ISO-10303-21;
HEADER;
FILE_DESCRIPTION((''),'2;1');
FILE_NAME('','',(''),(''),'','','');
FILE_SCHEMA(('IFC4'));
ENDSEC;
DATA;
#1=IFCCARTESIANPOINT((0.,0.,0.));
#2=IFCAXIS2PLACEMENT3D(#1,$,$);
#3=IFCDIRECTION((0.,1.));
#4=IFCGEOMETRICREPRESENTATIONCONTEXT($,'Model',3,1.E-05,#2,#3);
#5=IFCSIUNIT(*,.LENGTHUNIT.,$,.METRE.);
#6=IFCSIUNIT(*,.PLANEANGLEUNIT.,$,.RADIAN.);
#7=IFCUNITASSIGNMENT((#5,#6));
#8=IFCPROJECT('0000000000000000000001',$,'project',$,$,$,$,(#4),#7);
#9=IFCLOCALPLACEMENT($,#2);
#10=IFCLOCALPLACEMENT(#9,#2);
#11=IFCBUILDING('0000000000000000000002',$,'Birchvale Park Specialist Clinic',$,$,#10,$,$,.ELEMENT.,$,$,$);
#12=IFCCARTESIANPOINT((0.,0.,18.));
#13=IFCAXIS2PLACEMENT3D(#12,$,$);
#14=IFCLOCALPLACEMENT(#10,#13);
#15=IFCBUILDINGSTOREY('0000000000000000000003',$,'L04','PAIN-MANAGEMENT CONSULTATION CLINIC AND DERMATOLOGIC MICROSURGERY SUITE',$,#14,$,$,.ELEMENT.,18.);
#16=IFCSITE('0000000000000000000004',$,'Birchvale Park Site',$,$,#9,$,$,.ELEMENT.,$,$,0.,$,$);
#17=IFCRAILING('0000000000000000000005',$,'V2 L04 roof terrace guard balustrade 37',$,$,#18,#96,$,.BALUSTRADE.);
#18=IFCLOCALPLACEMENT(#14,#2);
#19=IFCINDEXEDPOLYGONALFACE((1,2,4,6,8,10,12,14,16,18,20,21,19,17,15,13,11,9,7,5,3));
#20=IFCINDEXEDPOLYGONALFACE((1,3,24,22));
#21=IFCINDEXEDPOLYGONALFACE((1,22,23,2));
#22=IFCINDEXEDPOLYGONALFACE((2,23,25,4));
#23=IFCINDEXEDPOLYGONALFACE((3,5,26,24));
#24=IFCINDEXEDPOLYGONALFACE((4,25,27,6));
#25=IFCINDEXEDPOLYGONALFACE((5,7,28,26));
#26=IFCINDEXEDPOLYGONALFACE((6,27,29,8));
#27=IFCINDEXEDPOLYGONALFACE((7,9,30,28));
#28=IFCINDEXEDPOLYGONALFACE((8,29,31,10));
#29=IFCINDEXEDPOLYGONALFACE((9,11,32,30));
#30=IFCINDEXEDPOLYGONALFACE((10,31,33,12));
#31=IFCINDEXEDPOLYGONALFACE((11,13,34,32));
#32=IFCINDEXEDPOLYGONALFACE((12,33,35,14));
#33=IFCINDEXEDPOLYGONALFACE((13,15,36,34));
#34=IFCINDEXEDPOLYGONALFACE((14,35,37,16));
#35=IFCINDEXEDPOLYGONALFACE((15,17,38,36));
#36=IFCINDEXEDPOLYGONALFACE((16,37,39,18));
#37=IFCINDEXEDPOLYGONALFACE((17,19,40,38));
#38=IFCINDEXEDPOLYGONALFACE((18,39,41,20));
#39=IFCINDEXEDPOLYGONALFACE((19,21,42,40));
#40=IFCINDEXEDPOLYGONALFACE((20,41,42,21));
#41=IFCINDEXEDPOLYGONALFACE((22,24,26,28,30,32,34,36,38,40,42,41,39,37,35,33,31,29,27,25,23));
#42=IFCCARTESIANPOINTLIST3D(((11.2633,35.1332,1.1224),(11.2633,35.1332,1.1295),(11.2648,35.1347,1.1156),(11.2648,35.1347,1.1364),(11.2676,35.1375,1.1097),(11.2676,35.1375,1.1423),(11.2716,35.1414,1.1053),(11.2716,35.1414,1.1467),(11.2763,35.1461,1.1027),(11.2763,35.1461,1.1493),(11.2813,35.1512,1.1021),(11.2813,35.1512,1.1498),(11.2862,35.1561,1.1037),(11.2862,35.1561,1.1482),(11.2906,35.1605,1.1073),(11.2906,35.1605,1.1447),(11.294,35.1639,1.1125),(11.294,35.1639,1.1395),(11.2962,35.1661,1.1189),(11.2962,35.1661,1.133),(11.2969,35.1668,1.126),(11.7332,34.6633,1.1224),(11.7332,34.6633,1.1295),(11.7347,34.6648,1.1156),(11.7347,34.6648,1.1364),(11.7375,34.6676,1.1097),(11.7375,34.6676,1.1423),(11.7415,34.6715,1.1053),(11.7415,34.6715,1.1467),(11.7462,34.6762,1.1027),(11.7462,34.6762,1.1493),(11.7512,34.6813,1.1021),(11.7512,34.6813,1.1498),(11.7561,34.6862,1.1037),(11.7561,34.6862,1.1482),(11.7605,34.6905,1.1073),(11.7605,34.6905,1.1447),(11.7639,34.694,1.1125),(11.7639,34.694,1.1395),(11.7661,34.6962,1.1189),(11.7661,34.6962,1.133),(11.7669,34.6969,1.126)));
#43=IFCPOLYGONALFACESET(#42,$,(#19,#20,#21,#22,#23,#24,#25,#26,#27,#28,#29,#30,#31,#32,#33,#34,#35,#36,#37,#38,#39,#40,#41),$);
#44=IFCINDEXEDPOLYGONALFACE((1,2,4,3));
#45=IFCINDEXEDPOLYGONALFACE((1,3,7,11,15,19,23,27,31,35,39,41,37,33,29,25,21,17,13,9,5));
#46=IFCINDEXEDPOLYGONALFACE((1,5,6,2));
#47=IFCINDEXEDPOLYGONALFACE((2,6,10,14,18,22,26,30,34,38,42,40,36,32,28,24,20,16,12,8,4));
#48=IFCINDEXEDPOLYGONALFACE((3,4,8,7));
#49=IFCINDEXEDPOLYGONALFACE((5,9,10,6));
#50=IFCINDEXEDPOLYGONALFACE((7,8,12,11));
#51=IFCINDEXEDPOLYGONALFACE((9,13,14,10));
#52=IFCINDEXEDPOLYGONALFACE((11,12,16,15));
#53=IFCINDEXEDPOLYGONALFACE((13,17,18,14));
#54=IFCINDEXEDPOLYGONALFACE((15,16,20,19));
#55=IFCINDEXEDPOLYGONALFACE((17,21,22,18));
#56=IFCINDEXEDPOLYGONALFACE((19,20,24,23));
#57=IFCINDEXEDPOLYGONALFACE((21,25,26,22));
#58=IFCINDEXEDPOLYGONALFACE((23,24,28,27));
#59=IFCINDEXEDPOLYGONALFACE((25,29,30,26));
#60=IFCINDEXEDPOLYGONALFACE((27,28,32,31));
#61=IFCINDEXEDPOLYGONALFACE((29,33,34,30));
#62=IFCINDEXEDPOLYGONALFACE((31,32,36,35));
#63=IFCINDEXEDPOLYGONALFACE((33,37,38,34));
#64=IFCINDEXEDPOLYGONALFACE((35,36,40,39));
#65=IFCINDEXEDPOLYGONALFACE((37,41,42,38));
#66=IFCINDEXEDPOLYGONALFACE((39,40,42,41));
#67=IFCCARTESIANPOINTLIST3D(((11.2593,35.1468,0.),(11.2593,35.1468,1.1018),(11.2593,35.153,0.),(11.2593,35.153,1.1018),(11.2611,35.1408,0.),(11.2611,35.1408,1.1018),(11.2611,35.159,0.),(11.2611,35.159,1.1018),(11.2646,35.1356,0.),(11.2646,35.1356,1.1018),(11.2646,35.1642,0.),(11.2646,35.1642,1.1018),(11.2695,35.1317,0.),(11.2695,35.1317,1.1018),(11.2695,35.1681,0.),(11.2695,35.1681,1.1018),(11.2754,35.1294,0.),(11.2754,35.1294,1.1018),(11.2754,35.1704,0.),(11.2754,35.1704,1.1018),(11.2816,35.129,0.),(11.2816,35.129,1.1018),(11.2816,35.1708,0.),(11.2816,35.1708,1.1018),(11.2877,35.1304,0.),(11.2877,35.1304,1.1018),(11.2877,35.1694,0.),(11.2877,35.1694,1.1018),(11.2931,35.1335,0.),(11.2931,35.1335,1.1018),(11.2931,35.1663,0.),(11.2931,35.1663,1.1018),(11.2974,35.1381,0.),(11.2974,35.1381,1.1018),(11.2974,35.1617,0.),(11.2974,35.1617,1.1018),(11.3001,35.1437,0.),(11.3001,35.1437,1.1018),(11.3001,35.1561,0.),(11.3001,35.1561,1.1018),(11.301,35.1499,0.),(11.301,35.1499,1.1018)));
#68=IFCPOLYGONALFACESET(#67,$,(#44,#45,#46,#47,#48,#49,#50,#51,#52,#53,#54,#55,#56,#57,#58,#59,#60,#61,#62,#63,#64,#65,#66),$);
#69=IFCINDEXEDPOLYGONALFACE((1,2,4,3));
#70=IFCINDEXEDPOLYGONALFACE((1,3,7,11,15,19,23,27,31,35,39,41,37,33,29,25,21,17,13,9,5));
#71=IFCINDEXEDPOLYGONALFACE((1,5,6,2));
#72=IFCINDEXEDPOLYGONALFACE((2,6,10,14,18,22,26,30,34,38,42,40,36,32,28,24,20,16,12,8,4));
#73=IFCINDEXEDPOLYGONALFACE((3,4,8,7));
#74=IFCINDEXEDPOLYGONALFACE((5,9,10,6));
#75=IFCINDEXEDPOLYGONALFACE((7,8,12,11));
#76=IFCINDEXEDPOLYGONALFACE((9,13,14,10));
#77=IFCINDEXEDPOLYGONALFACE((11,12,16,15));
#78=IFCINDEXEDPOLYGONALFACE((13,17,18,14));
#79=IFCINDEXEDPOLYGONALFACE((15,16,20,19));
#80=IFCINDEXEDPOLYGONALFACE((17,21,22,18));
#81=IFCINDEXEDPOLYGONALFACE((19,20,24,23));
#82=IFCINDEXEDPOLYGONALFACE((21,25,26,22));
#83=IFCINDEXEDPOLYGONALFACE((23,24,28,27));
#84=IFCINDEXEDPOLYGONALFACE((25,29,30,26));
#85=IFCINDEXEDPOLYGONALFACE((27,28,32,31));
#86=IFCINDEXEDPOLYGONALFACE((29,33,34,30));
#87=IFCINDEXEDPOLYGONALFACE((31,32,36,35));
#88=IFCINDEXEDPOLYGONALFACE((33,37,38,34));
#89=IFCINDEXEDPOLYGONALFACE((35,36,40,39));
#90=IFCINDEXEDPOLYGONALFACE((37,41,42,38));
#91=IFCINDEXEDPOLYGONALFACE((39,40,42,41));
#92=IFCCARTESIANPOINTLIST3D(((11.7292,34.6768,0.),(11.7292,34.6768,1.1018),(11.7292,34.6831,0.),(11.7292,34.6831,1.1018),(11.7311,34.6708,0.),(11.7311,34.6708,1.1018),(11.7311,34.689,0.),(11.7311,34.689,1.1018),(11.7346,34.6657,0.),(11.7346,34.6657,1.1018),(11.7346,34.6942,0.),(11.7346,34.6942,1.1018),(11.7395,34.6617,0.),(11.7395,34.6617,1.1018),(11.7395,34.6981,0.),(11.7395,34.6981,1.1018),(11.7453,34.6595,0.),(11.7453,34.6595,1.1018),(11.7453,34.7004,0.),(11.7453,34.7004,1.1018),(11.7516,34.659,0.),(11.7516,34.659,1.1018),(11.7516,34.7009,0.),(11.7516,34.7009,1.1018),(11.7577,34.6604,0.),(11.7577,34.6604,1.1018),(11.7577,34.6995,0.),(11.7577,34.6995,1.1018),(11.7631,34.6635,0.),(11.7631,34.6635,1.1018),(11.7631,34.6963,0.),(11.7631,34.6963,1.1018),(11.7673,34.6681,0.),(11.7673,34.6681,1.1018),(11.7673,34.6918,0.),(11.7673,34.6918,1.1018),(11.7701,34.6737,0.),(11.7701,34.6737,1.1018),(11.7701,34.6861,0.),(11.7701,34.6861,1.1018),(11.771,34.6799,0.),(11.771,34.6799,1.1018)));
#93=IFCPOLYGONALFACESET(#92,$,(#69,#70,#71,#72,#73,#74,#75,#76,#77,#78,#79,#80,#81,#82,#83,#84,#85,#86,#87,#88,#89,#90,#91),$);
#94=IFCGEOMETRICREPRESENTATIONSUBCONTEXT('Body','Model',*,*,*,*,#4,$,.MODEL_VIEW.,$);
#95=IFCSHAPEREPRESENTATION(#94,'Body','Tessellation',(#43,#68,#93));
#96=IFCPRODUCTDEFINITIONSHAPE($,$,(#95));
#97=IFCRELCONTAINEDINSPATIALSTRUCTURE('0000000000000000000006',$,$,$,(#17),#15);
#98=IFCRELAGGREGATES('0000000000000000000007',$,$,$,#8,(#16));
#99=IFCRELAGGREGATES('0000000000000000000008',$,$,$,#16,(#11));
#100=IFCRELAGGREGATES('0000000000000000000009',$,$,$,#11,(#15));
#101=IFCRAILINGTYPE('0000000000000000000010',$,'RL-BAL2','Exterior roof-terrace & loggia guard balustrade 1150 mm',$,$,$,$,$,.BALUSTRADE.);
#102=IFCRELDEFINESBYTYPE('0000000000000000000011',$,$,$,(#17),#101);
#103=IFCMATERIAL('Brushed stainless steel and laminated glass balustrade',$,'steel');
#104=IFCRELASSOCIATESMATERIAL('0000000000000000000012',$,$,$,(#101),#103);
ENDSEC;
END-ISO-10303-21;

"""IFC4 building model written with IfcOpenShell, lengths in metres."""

from ifc_helpers import new_model, si_unit, direction, frame, origin, origin_2d, place, context, subcontext, project, spatial, circle, extrude, material, type_object, element, save


model = new_model("IFC4")

# Units and contexts
model_context = context("Model", 3, precision=1e-05, world=origin(), true_north=direction((0.0, 1.0)))
body_context = subcontext(model_context, "Body", "Model", "MODEL_VIEW")
ifc_project = project(units=[si_unit("LENGTHUNIT", "METRE"), si_unit("PLANEANGLEUNIT", "RADIAN")], contexts=[model_context])

# Site, building, storey
site_placement = place(None, origin())
site = spatial("IfcSite", under=ifc_project, at=site_placement, Name="Birchvale Park Site", CompositionType="ELEMENT", RefElevation=0.0)
building_placement = place(site_placement, origin())
building = spatial("IfcBuilding", under=site, at=building_placement, Name="Birchvale Park Specialist Clinic", CompositionType="ELEMENT")
storey_placement = place(building_placement, frame((0.0, 0.0, 18.0)))
storey = spatial("IfcBuildingStorey", under=building, at=storey_placement, Name="L04", Description="PAIN-MANAGEMENT CONSULTATION CLINIC AND DERMATOLOGIC MICROSURGERY SUITE", CompositionType="ELEMENT", Elevation=18.0)

# Railing
ifc_material_1 = material(Name="Brushed stainless steel and laminated glass balustrade", Category="steel")
railing_type = type_object("IfcRailingType", Name="RL-BAL2", Description="Exterior roof-terrace & loggia guard balustrade 1150 mm", PredefinedType="BALUSTRADE", material=ifc_material_1)
railing_1_placement = place(storey_placement, frame((11.28, 35.1499, 0.0)))
element("IfcRailing", 1, at=railing_1_placement, inside=storey, type_object=railing_type, Name="V2 L04 roof terrace guard balustrade 37", PredefinedType="BALUSTRADE", context=body_context, shape_type="SweptSolid", body=[
    extrude(circle(Radius=0.0239, at=origin_2d()), frame((0.0, 0.0, 1.126), z_axis=(0.707107, -0.707107, 0.0), x_axis=(0.707107, 0.707107, 0.0)), (0.0, 0.0, 1.0), 0.6646),
    extrude(circle(Radius=0.021, at=origin_2d()), origin(), (0.0, 0.0, 1.0), 1.1018),
    extrude(circle(Radius=0.021, at=origin_2d()), frame((0.47, -0.47, 0.0)), (0.0, 0.0, 1.0), 1.1018),
])

save(model, "model.ifc")
